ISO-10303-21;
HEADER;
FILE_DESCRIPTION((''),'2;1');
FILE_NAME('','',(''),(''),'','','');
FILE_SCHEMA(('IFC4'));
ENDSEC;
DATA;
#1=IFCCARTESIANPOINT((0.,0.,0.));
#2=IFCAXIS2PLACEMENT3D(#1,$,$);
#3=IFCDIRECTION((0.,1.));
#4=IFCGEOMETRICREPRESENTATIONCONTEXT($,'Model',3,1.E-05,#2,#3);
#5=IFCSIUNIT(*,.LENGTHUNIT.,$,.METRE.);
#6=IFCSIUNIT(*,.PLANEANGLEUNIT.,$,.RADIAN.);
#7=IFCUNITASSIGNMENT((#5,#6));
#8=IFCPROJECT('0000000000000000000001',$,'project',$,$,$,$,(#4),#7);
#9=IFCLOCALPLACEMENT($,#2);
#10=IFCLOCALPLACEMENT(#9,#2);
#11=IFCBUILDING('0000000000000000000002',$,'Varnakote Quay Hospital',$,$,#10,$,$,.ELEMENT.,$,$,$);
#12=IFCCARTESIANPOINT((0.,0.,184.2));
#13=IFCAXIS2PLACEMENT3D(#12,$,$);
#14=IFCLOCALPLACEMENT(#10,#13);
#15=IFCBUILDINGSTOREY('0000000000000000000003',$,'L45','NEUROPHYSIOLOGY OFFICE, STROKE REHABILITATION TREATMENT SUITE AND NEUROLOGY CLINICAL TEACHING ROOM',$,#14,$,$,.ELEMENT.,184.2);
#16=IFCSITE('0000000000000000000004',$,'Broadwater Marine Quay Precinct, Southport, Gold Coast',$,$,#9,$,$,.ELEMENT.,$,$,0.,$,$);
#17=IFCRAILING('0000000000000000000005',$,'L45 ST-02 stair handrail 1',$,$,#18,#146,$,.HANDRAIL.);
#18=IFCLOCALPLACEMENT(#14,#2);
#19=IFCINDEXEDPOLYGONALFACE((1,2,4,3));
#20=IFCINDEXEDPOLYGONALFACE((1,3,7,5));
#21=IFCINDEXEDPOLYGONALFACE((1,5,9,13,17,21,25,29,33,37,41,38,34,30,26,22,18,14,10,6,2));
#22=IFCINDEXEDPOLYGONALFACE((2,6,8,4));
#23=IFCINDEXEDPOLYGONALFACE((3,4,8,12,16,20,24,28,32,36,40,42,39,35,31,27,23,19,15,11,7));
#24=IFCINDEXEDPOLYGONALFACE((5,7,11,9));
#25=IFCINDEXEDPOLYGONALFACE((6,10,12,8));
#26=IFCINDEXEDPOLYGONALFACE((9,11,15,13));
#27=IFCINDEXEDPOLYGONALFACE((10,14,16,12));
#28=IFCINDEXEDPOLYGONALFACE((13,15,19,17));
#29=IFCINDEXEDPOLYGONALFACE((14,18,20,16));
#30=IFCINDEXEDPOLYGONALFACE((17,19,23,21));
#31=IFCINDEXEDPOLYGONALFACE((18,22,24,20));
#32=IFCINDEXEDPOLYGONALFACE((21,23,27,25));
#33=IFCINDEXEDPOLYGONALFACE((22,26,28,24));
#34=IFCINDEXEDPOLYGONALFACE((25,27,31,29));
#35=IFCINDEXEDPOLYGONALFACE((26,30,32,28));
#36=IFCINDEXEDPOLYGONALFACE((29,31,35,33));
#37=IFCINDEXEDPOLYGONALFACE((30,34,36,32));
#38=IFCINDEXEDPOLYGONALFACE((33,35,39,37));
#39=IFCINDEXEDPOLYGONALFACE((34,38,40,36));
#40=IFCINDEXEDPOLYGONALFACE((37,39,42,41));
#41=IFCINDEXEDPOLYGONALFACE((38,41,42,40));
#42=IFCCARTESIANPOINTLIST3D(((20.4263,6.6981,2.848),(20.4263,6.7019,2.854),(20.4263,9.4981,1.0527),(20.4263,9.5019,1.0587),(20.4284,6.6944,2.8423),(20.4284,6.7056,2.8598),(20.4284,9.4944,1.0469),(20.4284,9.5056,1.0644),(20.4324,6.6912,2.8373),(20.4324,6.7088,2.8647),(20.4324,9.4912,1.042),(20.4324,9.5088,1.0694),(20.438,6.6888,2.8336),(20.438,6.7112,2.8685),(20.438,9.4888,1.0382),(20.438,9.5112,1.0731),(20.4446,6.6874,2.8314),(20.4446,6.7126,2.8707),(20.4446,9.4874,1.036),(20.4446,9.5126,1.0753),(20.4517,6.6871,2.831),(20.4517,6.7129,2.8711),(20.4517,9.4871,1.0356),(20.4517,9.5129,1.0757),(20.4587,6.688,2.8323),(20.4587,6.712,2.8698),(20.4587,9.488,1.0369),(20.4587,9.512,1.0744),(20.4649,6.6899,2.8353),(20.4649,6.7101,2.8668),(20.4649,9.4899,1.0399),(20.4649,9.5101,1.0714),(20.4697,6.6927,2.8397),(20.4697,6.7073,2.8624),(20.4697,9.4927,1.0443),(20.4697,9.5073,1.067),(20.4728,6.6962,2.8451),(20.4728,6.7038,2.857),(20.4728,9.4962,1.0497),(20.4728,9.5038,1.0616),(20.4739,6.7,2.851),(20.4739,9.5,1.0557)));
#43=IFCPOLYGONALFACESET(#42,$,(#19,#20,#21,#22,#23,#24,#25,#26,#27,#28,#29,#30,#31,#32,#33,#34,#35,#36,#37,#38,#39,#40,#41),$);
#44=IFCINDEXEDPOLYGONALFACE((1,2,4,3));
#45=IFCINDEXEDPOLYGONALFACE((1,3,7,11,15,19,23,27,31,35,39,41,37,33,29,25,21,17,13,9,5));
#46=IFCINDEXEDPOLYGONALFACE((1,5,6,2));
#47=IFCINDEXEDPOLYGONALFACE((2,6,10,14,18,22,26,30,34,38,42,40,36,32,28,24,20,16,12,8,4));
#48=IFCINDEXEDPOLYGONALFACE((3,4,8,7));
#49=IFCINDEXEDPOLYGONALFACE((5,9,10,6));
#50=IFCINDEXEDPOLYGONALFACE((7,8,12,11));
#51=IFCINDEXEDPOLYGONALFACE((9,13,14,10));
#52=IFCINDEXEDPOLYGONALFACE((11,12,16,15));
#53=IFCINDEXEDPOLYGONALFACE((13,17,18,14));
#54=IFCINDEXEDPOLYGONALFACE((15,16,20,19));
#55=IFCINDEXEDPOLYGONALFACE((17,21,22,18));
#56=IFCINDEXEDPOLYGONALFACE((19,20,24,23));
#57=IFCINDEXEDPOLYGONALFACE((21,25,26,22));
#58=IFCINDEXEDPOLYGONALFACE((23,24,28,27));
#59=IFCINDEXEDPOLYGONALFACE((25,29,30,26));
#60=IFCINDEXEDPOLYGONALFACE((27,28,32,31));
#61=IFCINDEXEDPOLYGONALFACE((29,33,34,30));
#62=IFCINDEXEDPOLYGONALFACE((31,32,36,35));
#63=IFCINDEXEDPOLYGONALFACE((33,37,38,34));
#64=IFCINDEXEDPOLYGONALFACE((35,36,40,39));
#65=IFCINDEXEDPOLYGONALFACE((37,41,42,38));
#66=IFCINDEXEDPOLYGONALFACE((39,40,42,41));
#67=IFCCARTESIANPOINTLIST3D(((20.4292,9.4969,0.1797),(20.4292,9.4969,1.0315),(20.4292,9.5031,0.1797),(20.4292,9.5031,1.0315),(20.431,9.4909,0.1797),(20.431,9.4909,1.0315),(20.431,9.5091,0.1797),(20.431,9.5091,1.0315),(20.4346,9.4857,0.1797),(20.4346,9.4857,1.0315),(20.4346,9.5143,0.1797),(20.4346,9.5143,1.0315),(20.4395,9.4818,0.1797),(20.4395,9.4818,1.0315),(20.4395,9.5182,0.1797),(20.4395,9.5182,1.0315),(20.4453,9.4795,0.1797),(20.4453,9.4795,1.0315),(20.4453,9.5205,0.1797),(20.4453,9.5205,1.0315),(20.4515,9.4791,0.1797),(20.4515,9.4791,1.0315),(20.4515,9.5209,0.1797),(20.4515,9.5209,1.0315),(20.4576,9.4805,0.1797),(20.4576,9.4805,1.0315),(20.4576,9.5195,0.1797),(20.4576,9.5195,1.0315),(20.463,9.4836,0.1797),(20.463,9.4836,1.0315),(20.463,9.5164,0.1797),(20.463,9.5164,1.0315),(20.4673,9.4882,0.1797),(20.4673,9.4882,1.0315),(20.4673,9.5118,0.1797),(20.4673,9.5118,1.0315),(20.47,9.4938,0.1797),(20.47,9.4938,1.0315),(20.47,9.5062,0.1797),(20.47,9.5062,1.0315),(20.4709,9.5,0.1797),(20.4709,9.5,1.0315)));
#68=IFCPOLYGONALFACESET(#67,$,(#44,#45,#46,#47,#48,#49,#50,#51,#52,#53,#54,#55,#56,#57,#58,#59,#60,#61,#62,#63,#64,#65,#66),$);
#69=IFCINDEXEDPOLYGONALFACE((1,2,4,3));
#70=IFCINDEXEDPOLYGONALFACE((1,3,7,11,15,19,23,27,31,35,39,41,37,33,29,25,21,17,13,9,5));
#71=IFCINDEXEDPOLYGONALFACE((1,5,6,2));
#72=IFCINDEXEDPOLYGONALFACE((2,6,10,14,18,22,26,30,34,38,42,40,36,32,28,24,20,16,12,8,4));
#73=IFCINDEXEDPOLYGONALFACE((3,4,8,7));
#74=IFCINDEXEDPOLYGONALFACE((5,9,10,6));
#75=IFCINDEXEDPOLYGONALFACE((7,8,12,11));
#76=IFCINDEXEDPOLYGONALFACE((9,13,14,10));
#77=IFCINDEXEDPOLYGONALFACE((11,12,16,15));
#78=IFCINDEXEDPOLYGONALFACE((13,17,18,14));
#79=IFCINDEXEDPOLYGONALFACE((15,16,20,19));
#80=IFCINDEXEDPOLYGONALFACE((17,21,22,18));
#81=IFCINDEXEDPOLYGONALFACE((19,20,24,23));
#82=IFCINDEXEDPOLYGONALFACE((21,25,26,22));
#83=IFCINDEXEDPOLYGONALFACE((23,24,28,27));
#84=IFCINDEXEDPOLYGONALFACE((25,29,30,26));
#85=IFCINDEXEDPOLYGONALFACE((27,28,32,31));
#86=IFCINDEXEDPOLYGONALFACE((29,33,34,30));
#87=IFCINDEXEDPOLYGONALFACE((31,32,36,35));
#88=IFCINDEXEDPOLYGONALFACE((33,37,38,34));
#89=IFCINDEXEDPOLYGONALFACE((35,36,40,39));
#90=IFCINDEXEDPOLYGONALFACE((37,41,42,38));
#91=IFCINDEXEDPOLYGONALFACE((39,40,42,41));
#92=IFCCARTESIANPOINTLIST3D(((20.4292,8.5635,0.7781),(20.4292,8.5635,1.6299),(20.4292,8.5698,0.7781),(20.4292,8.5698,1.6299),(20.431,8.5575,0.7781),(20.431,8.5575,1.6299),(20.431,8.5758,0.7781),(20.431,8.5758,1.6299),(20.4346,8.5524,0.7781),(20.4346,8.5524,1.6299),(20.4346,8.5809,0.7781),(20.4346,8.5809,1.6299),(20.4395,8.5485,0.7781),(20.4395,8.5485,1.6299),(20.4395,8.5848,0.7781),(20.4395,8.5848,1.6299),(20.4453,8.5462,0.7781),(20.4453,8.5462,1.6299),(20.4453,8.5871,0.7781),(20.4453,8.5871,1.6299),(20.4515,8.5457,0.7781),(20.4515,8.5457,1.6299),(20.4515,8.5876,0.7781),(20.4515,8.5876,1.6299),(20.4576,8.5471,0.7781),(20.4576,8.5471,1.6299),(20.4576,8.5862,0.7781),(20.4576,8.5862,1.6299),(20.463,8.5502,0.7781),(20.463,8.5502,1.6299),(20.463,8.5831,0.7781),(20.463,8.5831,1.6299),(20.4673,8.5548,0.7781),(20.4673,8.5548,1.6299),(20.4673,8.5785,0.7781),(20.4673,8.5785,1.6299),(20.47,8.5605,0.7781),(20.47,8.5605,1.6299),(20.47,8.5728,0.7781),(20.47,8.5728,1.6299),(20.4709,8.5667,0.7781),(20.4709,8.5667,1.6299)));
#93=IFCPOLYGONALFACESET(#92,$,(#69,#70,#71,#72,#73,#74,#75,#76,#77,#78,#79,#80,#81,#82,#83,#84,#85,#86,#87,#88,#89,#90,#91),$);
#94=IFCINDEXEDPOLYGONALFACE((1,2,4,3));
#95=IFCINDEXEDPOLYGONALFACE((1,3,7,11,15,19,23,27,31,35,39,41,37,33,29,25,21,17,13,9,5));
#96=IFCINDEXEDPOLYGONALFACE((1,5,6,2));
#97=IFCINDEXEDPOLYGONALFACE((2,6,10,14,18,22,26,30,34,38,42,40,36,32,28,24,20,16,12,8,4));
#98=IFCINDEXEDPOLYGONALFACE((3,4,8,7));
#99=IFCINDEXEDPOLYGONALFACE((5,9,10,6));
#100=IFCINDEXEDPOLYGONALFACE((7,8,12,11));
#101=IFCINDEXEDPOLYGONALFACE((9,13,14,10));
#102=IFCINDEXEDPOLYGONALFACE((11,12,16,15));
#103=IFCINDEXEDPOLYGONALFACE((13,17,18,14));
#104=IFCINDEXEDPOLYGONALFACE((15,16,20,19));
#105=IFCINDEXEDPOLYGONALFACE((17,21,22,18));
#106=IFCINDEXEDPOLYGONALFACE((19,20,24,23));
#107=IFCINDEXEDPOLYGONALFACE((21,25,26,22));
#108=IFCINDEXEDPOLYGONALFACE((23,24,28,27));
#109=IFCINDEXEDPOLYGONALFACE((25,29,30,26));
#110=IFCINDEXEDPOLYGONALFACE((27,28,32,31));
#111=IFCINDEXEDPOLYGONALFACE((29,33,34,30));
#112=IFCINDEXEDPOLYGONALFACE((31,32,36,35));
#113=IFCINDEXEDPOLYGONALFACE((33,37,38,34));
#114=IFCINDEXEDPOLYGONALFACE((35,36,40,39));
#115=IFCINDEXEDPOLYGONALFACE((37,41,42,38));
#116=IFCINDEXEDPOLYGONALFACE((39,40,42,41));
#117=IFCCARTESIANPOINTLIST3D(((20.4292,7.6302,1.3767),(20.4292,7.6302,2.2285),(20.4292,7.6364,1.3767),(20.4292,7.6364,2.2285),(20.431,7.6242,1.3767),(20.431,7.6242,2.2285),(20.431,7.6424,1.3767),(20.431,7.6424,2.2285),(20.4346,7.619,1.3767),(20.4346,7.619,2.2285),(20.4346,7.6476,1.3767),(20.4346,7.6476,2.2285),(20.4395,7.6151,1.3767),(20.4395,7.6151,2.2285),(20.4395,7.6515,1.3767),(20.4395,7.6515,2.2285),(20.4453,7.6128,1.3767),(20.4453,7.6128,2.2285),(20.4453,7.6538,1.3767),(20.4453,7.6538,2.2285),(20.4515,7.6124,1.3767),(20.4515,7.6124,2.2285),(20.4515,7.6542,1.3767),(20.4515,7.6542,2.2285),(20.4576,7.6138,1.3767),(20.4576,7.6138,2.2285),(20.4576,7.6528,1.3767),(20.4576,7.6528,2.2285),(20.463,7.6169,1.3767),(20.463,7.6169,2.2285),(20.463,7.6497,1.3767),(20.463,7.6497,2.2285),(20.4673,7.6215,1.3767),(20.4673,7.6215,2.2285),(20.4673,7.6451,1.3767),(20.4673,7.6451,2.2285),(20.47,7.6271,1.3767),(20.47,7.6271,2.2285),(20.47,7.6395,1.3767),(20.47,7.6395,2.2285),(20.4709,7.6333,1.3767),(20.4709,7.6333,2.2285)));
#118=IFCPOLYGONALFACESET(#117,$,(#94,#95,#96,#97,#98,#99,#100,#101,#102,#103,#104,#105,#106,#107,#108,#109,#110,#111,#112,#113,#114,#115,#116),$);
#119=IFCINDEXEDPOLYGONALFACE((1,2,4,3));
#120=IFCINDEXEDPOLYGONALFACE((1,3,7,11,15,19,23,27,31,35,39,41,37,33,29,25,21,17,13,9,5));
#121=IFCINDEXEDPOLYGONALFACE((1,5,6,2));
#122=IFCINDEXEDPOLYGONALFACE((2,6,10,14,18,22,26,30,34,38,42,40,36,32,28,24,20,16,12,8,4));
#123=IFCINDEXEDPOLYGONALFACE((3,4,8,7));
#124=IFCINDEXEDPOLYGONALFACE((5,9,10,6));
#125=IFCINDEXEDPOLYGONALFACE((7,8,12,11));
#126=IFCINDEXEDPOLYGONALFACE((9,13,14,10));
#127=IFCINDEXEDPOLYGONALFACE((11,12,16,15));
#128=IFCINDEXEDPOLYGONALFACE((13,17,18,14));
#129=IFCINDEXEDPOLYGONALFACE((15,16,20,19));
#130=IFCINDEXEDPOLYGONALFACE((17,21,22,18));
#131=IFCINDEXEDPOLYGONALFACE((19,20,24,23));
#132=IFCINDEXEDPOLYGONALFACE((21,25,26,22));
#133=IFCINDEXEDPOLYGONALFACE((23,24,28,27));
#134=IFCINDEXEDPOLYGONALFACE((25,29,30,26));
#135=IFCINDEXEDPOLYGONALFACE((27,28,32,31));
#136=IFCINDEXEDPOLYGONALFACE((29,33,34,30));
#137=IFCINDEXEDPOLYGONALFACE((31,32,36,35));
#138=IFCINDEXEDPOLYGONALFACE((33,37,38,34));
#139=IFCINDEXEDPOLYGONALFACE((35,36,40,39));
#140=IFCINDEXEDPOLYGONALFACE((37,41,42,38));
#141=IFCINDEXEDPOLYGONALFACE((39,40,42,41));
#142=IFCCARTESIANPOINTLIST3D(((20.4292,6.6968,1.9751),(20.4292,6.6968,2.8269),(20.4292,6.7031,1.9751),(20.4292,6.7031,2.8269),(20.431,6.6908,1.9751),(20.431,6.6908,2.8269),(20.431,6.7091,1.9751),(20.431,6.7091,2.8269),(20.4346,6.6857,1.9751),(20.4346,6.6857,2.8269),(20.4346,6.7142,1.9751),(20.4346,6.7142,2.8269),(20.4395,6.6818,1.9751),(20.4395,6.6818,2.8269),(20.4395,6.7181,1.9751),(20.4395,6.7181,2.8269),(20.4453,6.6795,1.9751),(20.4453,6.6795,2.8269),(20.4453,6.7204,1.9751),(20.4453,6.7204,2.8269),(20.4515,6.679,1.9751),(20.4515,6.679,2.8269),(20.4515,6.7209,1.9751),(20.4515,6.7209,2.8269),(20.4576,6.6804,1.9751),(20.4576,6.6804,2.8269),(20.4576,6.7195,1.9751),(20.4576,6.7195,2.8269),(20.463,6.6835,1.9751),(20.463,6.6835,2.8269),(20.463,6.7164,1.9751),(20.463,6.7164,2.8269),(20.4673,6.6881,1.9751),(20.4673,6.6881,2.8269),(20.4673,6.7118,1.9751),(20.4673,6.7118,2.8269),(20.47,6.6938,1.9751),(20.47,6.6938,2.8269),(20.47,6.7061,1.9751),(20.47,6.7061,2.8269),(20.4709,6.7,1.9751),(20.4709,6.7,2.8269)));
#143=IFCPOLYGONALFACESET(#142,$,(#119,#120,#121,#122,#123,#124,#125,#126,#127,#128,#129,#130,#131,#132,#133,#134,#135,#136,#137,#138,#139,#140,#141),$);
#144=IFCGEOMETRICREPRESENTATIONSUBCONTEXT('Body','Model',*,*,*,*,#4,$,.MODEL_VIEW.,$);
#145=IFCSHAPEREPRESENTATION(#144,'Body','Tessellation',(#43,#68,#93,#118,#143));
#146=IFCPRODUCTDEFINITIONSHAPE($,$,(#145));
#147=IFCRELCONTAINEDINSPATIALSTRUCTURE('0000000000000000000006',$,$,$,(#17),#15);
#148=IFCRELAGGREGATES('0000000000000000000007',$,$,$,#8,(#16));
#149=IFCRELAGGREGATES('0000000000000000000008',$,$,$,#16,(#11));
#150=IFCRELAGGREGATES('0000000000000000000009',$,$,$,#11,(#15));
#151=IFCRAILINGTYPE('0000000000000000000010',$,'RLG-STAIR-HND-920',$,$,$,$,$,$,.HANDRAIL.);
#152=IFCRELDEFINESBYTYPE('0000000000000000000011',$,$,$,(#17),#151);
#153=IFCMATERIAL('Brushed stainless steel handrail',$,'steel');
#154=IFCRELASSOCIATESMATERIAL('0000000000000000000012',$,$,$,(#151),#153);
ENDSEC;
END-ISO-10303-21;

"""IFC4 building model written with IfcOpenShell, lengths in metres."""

from ifc_helpers import new_model, si_unit, direction, frame, origin, origin_2d, place, context, subcontext, project, spatial, circle, extrude, material, type_object, element, save


model = new_model("IFC4")

# Units and contexts
model_context = context("Model", 3, precision=1e-05, world=origin(), true_north=direction((0.0, 1.0)))
body_context = subcontext(model_context, "Body", "Model", "MODEL_VIEW")
ifc_project = project(units=[si_unit("LENGTHUNIT", "METRE"), si_unit("PLANEANGLEUNIT", "RADIAN")], contexts=[model_context])

# Site, building, storey
site_placement = place(None, origin())
site = spatial("IfcSite", under=ifc_project, at=site_placement, Name="Broadwater Marine Quay Precinct, Southport, Gold Coast", CompositionType="ELEMENT", RefElevation=0.0)
building_placement = place(site_placement, origin())
building = spatial("IfcBuilding", under=site, at=building_placement, Name="Varnakote Quay Hospital", CompositionType="ELEMENT")
storey_placement = place(building_placement, frame((0.0, 0.0, 184.2)))
storey = spatial("IfcBuildingStorey", under=building, at=storey_placement, Name="L45", Description="NEUROPHYSIOLOGY OFFICE, STROKE REHABILITATION TREATMENT SUITE AND NEUROLOGY CLINICAL TEACHING ROOM", CompositionType="ELEMENT", Elevation=184.2)

# Railing
ifc_material_1 = material(Name="Brushed stainless steel handrail", Category="steel")
railing_type_1 = type_object("IfcRailingType", Name="RLG-STAIR-HND-920", PredefinedType="HANDRAIL", material=ifc_material_1)
railing_1_placement = place(storey_placement, frame((20.45, 9.5, 0.1797)))
element("IfcRailing", 1, at=railing_1_placement, inside=storey, type_object=railing_type_1, Name="L45 ST-02 stair handrail 1", PredefinedType="HANDRAIL", context=body_context, shape_type="SweptSolid", body=[
    extrude(circle(Radius=0.0239, at=origin_2d()), frame((0.0, 0.0, 0.876), z_axis=(0.0, -0.84181, 0.539774), x_axis=(1.0, 0.0, 0.0)), (0.0, 0.0, 1.0), 3.3262),
    extrude(circle(Radius=0.021, at=origin_2d()), origin(), (0.0, 0.0, 1.0), 0.8518),
    extrude(circle(Radius=0.021, at=origin_2d()), frame((0.0, -0.9333, 0.5984)), (0.0, 0.0, 1.0), 0.8518),
    extrude(circle(Radius=0.021, at=origin_2d()), frame((0.0, -1.8667, 1.197)), (0.0, 0.0, 1.0), 0.8518),
    extrude(circle(Radius=0.021, at=origin_2d()), frame((0.0, -2.8, 1.7954)), (0.0, 0.0, 1.0), 0.8518),
])

save(model, "model.ifc")
